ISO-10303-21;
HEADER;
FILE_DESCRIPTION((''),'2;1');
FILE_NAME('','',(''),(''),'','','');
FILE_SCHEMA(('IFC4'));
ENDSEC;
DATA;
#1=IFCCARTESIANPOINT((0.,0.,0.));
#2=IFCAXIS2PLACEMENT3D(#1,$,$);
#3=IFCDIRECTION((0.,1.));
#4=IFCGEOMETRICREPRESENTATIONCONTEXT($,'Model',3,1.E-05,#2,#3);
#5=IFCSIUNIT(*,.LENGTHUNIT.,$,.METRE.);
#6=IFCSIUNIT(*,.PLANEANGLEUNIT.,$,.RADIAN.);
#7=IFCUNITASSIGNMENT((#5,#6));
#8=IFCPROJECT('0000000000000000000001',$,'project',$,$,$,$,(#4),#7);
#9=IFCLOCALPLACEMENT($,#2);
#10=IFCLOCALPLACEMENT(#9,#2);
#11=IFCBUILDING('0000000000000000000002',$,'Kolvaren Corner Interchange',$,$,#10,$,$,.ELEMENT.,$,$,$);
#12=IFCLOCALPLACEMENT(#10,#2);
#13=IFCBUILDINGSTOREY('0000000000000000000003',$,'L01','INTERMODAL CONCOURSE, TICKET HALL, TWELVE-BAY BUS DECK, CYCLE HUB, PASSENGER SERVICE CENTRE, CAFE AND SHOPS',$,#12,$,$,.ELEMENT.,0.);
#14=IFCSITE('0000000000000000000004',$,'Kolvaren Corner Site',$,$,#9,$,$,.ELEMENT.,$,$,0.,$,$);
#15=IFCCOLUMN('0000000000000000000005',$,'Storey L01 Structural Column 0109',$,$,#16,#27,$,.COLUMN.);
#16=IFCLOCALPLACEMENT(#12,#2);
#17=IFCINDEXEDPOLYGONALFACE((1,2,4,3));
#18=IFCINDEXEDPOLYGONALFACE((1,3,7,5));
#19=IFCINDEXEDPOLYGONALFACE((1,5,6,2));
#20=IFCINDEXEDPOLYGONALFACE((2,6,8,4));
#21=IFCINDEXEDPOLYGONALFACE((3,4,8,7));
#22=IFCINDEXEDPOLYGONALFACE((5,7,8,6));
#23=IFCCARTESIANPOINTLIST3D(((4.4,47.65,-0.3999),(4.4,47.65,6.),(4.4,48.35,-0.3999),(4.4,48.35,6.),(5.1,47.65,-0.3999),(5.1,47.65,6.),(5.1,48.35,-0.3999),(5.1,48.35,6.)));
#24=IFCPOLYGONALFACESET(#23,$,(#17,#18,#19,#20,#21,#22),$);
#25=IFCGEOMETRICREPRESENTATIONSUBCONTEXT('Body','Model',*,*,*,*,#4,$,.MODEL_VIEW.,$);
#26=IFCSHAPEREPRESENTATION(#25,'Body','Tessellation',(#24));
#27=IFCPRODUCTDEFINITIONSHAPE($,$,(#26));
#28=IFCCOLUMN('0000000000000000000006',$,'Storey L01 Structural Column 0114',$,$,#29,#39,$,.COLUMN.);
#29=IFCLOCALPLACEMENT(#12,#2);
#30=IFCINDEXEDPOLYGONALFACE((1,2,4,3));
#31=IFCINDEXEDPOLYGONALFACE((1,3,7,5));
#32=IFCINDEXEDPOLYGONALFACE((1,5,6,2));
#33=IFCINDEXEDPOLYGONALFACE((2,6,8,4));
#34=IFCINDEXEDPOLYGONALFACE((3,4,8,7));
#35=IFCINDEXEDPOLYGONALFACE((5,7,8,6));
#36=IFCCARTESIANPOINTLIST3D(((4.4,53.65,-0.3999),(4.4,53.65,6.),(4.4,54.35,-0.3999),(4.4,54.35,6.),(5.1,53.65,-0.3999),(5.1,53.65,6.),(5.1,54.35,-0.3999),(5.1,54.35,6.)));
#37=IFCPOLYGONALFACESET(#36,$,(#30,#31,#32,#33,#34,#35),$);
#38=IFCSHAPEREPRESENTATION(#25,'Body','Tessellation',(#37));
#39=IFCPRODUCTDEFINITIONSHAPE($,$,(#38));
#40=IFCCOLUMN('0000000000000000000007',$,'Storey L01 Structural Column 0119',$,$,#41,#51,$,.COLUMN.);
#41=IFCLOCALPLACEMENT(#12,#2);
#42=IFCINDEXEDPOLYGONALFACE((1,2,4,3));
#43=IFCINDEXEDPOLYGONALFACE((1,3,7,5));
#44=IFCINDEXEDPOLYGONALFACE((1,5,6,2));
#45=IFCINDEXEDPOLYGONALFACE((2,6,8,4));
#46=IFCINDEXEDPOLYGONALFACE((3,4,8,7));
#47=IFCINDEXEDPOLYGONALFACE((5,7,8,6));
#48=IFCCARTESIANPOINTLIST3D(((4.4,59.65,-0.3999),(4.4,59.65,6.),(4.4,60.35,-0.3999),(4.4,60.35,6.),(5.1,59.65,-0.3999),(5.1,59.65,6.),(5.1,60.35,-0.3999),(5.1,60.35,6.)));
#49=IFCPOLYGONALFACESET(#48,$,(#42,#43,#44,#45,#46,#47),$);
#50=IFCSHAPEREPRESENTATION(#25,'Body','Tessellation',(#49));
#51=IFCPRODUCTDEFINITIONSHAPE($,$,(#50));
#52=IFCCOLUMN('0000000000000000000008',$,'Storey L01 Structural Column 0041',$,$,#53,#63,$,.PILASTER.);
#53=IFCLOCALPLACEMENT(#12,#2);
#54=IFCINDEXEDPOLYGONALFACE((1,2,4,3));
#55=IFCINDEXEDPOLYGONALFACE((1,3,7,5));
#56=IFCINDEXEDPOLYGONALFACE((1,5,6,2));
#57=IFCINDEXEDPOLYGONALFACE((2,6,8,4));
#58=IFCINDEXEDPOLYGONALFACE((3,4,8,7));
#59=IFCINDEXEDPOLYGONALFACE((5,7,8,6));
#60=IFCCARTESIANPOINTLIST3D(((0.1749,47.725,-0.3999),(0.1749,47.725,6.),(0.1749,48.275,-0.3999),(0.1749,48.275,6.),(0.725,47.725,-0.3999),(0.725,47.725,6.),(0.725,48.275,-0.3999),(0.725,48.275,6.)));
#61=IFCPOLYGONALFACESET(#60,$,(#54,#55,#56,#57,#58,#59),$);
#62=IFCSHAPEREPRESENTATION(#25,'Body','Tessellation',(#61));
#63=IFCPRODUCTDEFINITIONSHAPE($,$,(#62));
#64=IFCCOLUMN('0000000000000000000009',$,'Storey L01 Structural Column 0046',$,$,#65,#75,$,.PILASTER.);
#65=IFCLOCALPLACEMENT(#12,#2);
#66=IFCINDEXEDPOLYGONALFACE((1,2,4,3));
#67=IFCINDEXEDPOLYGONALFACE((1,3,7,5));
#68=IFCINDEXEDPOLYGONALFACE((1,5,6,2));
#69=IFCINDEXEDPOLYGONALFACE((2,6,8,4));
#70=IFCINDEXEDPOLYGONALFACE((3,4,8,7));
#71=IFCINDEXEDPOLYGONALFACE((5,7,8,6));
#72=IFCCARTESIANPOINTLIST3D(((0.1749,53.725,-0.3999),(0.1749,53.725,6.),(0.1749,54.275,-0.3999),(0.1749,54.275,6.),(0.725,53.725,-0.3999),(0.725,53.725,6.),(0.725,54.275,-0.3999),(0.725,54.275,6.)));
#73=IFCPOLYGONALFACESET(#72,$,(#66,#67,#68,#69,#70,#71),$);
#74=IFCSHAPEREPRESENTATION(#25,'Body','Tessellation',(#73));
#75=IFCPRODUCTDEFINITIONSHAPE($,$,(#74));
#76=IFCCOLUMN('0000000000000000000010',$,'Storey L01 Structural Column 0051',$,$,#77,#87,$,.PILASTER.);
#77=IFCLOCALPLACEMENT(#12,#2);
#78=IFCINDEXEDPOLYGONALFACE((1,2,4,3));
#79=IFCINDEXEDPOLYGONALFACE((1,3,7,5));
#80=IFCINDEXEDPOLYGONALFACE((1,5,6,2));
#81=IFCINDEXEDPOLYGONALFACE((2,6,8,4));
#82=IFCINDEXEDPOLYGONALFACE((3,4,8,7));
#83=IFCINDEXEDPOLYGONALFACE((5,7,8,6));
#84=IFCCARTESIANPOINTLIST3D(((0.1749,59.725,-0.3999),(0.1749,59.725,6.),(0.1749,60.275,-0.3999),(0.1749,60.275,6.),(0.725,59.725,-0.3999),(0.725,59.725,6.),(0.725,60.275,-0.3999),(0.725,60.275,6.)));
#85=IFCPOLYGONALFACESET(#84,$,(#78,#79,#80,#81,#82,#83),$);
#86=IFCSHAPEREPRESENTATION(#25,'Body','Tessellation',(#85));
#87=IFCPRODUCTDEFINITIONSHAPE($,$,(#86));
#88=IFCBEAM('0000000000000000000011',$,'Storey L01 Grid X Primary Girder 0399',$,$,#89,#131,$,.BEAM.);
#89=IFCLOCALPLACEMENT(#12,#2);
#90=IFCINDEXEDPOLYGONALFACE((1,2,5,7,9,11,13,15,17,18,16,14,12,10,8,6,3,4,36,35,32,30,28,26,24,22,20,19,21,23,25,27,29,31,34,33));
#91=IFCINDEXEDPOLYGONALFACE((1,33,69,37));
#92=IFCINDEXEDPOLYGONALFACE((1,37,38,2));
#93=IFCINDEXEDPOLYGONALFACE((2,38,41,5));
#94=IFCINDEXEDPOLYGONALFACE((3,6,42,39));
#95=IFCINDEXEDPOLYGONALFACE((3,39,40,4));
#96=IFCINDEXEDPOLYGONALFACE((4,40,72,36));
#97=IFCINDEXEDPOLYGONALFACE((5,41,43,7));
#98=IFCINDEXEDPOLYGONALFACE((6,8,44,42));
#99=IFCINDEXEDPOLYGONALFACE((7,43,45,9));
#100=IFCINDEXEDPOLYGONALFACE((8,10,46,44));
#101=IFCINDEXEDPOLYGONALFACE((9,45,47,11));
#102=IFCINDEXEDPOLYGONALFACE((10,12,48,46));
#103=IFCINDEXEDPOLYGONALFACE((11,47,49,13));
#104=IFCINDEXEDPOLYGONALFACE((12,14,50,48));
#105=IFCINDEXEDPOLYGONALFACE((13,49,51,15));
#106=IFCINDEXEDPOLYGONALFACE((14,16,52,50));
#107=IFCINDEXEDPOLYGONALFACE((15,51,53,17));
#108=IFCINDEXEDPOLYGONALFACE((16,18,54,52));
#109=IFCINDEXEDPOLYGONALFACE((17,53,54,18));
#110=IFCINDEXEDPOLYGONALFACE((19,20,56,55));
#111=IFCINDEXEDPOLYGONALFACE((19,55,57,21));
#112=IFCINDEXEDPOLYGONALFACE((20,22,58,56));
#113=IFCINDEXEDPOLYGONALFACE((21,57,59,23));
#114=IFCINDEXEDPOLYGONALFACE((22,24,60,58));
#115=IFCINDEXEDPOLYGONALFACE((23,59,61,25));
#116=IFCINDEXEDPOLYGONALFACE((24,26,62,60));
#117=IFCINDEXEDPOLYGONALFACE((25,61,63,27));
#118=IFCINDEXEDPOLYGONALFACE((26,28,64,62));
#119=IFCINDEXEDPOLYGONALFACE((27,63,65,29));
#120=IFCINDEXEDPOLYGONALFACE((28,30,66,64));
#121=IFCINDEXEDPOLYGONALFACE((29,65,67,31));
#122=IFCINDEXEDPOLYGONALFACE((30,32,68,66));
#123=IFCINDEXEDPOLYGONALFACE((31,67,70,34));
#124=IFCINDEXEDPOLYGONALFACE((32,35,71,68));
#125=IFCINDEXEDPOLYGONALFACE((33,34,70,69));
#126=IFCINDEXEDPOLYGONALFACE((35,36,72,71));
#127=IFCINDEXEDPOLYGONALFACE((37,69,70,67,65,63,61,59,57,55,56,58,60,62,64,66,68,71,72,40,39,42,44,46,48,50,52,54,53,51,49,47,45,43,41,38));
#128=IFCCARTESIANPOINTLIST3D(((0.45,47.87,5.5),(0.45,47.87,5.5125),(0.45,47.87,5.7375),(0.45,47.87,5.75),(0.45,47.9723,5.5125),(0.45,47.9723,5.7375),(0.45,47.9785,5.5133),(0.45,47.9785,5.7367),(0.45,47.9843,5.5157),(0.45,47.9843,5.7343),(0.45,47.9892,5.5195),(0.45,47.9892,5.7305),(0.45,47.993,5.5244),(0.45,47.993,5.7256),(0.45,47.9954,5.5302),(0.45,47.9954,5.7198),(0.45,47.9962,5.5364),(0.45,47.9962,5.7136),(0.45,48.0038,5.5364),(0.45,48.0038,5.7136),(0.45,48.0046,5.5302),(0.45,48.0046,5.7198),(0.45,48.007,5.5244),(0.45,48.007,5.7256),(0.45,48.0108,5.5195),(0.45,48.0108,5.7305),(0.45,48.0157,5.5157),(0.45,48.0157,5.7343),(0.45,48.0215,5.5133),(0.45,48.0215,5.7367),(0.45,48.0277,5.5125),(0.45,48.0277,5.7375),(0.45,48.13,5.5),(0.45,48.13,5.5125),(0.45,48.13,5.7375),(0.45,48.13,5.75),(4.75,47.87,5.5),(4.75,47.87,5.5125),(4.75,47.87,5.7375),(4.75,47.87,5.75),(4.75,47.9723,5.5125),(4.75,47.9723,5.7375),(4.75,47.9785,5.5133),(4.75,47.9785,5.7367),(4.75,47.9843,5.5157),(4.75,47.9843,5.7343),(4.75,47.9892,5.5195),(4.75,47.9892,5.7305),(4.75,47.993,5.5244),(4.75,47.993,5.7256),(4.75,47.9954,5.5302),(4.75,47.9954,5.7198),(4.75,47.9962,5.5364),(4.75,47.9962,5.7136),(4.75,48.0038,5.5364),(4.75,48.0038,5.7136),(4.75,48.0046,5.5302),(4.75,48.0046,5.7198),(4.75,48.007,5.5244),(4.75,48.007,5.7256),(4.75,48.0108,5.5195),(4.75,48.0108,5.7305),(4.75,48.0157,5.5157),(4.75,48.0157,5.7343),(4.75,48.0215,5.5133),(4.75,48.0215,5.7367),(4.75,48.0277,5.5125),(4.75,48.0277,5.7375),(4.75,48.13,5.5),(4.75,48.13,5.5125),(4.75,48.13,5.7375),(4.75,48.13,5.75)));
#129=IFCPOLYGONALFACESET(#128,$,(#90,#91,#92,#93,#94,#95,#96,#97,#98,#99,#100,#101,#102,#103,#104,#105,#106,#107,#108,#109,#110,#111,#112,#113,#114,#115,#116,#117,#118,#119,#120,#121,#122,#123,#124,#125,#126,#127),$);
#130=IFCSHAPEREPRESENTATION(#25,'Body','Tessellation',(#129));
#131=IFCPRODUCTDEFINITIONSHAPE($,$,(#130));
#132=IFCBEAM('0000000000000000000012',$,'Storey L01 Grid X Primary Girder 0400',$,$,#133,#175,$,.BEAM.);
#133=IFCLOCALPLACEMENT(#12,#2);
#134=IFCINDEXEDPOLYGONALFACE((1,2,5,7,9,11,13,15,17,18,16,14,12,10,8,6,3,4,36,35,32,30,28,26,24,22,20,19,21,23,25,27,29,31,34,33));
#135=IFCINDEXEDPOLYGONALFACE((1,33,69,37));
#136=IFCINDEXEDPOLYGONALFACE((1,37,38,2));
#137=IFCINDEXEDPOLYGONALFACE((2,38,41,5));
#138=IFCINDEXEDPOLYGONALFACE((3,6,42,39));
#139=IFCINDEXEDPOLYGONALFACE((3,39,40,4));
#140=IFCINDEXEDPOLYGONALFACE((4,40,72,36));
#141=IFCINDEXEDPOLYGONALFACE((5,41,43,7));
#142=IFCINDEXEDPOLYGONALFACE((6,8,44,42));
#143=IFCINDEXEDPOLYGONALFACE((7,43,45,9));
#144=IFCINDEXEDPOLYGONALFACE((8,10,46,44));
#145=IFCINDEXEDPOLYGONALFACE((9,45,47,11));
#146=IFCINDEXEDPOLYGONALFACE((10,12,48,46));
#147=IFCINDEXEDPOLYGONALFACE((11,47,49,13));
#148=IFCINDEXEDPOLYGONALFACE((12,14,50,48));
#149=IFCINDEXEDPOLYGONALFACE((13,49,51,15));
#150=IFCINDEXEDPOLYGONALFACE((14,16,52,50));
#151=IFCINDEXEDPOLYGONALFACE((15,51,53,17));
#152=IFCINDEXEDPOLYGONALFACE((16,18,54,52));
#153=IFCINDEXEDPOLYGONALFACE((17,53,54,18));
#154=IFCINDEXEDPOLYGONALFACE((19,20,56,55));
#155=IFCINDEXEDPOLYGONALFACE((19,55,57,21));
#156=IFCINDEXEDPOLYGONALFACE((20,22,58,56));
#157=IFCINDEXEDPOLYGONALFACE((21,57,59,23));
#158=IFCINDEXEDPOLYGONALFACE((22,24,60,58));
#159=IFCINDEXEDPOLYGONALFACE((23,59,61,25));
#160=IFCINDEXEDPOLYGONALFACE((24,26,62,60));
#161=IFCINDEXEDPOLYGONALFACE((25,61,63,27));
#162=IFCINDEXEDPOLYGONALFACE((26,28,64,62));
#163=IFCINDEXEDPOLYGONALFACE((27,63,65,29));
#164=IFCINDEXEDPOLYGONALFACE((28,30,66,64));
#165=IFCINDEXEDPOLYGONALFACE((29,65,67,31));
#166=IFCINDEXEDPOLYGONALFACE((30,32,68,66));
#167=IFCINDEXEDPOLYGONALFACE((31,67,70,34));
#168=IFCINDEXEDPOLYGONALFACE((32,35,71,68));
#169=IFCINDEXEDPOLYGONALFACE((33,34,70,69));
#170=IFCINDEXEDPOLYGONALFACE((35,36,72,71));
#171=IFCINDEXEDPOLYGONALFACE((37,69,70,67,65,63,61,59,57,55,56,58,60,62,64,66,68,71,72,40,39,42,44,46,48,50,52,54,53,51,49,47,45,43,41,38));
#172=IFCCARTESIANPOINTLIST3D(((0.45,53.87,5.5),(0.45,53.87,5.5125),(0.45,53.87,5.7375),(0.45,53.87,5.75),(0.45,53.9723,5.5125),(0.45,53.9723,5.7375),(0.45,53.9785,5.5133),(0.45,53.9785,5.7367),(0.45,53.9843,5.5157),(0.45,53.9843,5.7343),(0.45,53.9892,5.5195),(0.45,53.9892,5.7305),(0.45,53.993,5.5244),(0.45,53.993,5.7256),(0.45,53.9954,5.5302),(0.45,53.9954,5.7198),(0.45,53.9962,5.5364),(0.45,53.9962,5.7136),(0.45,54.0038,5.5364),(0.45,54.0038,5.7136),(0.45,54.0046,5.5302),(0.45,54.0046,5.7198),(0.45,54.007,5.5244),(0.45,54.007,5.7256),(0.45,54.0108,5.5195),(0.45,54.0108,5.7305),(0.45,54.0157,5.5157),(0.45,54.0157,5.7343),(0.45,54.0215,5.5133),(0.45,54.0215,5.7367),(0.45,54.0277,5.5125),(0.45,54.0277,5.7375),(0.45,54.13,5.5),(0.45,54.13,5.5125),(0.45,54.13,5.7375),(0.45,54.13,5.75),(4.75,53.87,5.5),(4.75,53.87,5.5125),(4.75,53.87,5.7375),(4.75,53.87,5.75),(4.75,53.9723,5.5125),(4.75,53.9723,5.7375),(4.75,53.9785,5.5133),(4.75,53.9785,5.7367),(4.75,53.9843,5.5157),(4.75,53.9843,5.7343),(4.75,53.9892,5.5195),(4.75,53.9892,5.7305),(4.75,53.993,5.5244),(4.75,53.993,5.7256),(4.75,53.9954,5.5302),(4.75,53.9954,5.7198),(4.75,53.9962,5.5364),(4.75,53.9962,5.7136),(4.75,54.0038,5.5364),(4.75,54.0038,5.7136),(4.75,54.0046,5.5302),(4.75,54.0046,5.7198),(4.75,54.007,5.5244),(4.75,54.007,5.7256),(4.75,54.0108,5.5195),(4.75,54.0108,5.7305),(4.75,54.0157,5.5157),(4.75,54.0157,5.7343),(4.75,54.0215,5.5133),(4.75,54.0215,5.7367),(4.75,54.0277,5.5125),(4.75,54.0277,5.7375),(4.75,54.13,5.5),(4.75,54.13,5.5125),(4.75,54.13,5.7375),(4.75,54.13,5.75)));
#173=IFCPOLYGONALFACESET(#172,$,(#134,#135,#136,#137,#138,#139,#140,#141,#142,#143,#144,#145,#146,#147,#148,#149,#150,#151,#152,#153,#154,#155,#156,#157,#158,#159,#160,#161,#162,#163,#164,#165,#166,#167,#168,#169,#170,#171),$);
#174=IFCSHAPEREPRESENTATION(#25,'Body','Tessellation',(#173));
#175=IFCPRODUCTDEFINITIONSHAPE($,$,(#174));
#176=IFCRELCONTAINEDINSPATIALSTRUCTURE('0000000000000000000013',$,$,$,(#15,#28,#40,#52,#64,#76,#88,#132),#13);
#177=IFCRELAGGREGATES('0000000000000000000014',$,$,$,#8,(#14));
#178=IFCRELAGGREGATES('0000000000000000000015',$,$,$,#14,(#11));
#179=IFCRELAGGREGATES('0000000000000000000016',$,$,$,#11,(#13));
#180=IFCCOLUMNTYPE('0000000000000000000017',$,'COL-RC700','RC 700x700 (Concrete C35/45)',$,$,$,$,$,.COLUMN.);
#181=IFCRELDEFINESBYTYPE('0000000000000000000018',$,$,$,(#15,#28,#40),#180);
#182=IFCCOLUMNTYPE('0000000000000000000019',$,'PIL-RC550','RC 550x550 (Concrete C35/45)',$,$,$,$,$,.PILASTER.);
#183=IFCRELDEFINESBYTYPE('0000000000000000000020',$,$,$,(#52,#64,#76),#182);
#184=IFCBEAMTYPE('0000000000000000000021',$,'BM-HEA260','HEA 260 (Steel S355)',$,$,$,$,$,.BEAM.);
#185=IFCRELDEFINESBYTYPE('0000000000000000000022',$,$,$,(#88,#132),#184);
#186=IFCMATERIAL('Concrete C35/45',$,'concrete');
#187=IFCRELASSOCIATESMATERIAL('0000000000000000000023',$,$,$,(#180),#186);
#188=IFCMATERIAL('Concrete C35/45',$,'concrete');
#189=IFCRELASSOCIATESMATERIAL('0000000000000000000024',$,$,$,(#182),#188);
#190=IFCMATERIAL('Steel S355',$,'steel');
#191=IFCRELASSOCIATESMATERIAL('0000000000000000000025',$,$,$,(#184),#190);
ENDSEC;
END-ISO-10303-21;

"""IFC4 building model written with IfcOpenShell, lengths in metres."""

from ifc_helpers import new_model, si_unit, direction, frame, origin, origin_2d, place, context, subcontext, project, spatial, rectangle, i_section, extrude, material, material_profile, profile_set, type_object, element, save


model = new_model("IFC4")

# Units and contexts
model_context = context("Model", 3, precision=1e-05, world=origin(), true_north=direction((0.0, 1.0)))
body_context = subcontext(model_context, "Body", "Model", "MODEL_VIEW")
ifc_project = project(units=[si_unit("LENGTHUNIT", "METRE"), si_unit("PLANEANGLEUNIT", "RADIAN")], contexts=[model_context])

# Site, building, storey
site_placement = place(None, origin())
site = spatial("IfcSite", under=ifc_project, at=site_placement, Name="Kolvaren Corner Site", CompositionType="ELEMENT", RefElevation=0.0)
building_placement = place(site_placement, origin())
building = spatial("IfcBuilding", under=site, at=building_placement, Name="Kolvaren Corner Interchange", CompositionType="ELEMENT")
storey_placement = place(building_placement, origin())
storey = spatial("IfcBuildingStorey", under=building, at=storey_placement, Name="L01", Description="INTERMODAL CONCOURSE, TICKET HALL, TWELVE-BAY BUS DECK, CYCLE HUB, PASSENGER SERVICE CENTRE, CAFE AND SHOPS", CompositionType="ELEMENT", Elevation=0.0)

# Columns
ifc_material_1 = material(Name="Concrete C35/45", Category="concrete")
ifc_material_profile_1 = material_profile(ifc_material_1, rectangle(XDim=0.7, YDim=0.7, at=origin_2d()), Name="RC 700x700")
ifc_profile_set_1 = profile_set([ifc_material_profile_1], Name="Concrete C35/45")
column_type_1 = type_object("IfcColumnType", Name="COL-RC700", Description="RC 700x700 (Concrete C35/45)", PredefinedType="COLUMN", material=ifc_profile_set_1)
for number, where, z_axis, x_axis, name in (
    (1, (4.75, 48.0, -0.3999), (0.0, 0.0, 1.0), (1.0, 0.0, 0.0), "Storey L01 Structural Column 0109"),
    (2, (4.75, 54.0, -0.3999), (0.0, 0.0, 1.0), (1.0, 0.0, 0.0), "Storey L01 Structural Column 0114"),
    (3, (4.75, 60.0, -0.3999), (0.0, 0.0, 1.0), (1.0, 0.0, 0.0), "Storey L01 Structural Column 0119"),
):
    element("IfcColumn", number, at=place(storey_placement, frame(where, z_axis=z_axis, x_axis=x_axis)), inside=storey, type_object=column_type_1, Name=name, PredefinedType="COLUMN", context=body_context, shape_type="SweptSolid", body=[
        extrude(rectangle(XDim=0.7, YDim=0.7, at=origin_2d()), origin(), (0.0, 0.0, 1.0), 6.3999),
    ])
ifc_material_2 = material(Name="Concrete C35/45", Category="concrete")
ifc_material_profile_2 = material_profile(ifc_material_2, rectangle(XDim=0.55, YDim=0.55, at=origin_2d()), Name="RC 550x550")
ifc_profile_set_2 = profile_set([ifc_material_profile_2], Name="Concrete C35/45")
column_type_2 = type_object("IfcColumnType", Name="PIL-RC550", Description="RC 550x550 (Concrete C35/45)", PredefinedType="PILASTER", material=ifc_profile_set_2)
for number, where, z_axis, x_axis, name in (
    (4, (0.45, 48.0, -0.3999), (0.0, 0.0, 1.0), (1.0, 0.0, 0.0), "Storey L01 Structural Column 0041"),
    (5, (0.45, 54.0, -0.3999), (0.0, 0.0, 1.0), (1.0, 0.0, 0.0), "Storey L01 Structural Column 0046"),
    (6, (0.45, 60.0, -0.3999), (0.0, 0.0, 1.0), (1.0, 0.0, 0.0), "Storey L01 Structural Column 0051"),
):
    element("IfcColumn", number, at=place(storey_placement, frame(where, z_axis=z_axis, x_axis=x_axis)), inside=storey, type_object=column_type_2, Name=name, PredefinedType="PILASTER", context=body_context, shape_type="SweptSolid", body=[
        extrude(rectangle(XDim=0.55, YDim=0.55, at=origin_2d()), origin(), (0.0, 0.0, 1.0), 6.3999),
    ])

# Beams
ifc_material_3 = material(Name="Steel S355", Category="steel")
ifc_material_profile_3 = material_profile(ifc_material_3, i_section(OverallWidth=0.26, OverallDepth=0.25, WebThickness=0.0076, FlangeThickness=0.0125, FilletRadius=0.0239, at=origin_2d()), Name="HEA 260")
ifc_profile_set_3 = profile_set([ifc_material_profile_3], Name="Steel S355")
beam_type_1 = type_object("IfcBeamType", Name="BM-HEA260", Description="HEA 260 (Steel S355)", PredefinedType="BEAM", material=ifc_profile_set_3)
for number, where, z_axis, x_axis, name in (
    (7, (0.45, 48.0, 5.625), (1.0, 0.0, 0.0), (0.0, 1.0, 0.0), "Storey L01 Grid X Primary Girder 0399"),
    (8, (0.45, 54.0, 5.625), (1.0, 0.0, 0.0), (0.0, 1.0, 0.0), "Storey L01 Grid X Primary Girder 0400"),
):
    element("IfcBeam", number, at=place(storey_placement, frame(where, z_axis=z_axis, x_axis=x_axis)), inside=storey, type_object=beam_type_1, Name=name, PredefinedType="BEAM", context=body_context, shape_type="SweptSolid", body=[
        extrude(i_section(OverallWidth=0.26, OverallDepth=0.25, WebThickness=0.0076, FlangeThickness=0.0125, FilletRadius=0.0239, at=origin_2d()), origin(), (0.0, 0.0, 1.0), 4.3),
    ])

save(model, "model.ifc")
